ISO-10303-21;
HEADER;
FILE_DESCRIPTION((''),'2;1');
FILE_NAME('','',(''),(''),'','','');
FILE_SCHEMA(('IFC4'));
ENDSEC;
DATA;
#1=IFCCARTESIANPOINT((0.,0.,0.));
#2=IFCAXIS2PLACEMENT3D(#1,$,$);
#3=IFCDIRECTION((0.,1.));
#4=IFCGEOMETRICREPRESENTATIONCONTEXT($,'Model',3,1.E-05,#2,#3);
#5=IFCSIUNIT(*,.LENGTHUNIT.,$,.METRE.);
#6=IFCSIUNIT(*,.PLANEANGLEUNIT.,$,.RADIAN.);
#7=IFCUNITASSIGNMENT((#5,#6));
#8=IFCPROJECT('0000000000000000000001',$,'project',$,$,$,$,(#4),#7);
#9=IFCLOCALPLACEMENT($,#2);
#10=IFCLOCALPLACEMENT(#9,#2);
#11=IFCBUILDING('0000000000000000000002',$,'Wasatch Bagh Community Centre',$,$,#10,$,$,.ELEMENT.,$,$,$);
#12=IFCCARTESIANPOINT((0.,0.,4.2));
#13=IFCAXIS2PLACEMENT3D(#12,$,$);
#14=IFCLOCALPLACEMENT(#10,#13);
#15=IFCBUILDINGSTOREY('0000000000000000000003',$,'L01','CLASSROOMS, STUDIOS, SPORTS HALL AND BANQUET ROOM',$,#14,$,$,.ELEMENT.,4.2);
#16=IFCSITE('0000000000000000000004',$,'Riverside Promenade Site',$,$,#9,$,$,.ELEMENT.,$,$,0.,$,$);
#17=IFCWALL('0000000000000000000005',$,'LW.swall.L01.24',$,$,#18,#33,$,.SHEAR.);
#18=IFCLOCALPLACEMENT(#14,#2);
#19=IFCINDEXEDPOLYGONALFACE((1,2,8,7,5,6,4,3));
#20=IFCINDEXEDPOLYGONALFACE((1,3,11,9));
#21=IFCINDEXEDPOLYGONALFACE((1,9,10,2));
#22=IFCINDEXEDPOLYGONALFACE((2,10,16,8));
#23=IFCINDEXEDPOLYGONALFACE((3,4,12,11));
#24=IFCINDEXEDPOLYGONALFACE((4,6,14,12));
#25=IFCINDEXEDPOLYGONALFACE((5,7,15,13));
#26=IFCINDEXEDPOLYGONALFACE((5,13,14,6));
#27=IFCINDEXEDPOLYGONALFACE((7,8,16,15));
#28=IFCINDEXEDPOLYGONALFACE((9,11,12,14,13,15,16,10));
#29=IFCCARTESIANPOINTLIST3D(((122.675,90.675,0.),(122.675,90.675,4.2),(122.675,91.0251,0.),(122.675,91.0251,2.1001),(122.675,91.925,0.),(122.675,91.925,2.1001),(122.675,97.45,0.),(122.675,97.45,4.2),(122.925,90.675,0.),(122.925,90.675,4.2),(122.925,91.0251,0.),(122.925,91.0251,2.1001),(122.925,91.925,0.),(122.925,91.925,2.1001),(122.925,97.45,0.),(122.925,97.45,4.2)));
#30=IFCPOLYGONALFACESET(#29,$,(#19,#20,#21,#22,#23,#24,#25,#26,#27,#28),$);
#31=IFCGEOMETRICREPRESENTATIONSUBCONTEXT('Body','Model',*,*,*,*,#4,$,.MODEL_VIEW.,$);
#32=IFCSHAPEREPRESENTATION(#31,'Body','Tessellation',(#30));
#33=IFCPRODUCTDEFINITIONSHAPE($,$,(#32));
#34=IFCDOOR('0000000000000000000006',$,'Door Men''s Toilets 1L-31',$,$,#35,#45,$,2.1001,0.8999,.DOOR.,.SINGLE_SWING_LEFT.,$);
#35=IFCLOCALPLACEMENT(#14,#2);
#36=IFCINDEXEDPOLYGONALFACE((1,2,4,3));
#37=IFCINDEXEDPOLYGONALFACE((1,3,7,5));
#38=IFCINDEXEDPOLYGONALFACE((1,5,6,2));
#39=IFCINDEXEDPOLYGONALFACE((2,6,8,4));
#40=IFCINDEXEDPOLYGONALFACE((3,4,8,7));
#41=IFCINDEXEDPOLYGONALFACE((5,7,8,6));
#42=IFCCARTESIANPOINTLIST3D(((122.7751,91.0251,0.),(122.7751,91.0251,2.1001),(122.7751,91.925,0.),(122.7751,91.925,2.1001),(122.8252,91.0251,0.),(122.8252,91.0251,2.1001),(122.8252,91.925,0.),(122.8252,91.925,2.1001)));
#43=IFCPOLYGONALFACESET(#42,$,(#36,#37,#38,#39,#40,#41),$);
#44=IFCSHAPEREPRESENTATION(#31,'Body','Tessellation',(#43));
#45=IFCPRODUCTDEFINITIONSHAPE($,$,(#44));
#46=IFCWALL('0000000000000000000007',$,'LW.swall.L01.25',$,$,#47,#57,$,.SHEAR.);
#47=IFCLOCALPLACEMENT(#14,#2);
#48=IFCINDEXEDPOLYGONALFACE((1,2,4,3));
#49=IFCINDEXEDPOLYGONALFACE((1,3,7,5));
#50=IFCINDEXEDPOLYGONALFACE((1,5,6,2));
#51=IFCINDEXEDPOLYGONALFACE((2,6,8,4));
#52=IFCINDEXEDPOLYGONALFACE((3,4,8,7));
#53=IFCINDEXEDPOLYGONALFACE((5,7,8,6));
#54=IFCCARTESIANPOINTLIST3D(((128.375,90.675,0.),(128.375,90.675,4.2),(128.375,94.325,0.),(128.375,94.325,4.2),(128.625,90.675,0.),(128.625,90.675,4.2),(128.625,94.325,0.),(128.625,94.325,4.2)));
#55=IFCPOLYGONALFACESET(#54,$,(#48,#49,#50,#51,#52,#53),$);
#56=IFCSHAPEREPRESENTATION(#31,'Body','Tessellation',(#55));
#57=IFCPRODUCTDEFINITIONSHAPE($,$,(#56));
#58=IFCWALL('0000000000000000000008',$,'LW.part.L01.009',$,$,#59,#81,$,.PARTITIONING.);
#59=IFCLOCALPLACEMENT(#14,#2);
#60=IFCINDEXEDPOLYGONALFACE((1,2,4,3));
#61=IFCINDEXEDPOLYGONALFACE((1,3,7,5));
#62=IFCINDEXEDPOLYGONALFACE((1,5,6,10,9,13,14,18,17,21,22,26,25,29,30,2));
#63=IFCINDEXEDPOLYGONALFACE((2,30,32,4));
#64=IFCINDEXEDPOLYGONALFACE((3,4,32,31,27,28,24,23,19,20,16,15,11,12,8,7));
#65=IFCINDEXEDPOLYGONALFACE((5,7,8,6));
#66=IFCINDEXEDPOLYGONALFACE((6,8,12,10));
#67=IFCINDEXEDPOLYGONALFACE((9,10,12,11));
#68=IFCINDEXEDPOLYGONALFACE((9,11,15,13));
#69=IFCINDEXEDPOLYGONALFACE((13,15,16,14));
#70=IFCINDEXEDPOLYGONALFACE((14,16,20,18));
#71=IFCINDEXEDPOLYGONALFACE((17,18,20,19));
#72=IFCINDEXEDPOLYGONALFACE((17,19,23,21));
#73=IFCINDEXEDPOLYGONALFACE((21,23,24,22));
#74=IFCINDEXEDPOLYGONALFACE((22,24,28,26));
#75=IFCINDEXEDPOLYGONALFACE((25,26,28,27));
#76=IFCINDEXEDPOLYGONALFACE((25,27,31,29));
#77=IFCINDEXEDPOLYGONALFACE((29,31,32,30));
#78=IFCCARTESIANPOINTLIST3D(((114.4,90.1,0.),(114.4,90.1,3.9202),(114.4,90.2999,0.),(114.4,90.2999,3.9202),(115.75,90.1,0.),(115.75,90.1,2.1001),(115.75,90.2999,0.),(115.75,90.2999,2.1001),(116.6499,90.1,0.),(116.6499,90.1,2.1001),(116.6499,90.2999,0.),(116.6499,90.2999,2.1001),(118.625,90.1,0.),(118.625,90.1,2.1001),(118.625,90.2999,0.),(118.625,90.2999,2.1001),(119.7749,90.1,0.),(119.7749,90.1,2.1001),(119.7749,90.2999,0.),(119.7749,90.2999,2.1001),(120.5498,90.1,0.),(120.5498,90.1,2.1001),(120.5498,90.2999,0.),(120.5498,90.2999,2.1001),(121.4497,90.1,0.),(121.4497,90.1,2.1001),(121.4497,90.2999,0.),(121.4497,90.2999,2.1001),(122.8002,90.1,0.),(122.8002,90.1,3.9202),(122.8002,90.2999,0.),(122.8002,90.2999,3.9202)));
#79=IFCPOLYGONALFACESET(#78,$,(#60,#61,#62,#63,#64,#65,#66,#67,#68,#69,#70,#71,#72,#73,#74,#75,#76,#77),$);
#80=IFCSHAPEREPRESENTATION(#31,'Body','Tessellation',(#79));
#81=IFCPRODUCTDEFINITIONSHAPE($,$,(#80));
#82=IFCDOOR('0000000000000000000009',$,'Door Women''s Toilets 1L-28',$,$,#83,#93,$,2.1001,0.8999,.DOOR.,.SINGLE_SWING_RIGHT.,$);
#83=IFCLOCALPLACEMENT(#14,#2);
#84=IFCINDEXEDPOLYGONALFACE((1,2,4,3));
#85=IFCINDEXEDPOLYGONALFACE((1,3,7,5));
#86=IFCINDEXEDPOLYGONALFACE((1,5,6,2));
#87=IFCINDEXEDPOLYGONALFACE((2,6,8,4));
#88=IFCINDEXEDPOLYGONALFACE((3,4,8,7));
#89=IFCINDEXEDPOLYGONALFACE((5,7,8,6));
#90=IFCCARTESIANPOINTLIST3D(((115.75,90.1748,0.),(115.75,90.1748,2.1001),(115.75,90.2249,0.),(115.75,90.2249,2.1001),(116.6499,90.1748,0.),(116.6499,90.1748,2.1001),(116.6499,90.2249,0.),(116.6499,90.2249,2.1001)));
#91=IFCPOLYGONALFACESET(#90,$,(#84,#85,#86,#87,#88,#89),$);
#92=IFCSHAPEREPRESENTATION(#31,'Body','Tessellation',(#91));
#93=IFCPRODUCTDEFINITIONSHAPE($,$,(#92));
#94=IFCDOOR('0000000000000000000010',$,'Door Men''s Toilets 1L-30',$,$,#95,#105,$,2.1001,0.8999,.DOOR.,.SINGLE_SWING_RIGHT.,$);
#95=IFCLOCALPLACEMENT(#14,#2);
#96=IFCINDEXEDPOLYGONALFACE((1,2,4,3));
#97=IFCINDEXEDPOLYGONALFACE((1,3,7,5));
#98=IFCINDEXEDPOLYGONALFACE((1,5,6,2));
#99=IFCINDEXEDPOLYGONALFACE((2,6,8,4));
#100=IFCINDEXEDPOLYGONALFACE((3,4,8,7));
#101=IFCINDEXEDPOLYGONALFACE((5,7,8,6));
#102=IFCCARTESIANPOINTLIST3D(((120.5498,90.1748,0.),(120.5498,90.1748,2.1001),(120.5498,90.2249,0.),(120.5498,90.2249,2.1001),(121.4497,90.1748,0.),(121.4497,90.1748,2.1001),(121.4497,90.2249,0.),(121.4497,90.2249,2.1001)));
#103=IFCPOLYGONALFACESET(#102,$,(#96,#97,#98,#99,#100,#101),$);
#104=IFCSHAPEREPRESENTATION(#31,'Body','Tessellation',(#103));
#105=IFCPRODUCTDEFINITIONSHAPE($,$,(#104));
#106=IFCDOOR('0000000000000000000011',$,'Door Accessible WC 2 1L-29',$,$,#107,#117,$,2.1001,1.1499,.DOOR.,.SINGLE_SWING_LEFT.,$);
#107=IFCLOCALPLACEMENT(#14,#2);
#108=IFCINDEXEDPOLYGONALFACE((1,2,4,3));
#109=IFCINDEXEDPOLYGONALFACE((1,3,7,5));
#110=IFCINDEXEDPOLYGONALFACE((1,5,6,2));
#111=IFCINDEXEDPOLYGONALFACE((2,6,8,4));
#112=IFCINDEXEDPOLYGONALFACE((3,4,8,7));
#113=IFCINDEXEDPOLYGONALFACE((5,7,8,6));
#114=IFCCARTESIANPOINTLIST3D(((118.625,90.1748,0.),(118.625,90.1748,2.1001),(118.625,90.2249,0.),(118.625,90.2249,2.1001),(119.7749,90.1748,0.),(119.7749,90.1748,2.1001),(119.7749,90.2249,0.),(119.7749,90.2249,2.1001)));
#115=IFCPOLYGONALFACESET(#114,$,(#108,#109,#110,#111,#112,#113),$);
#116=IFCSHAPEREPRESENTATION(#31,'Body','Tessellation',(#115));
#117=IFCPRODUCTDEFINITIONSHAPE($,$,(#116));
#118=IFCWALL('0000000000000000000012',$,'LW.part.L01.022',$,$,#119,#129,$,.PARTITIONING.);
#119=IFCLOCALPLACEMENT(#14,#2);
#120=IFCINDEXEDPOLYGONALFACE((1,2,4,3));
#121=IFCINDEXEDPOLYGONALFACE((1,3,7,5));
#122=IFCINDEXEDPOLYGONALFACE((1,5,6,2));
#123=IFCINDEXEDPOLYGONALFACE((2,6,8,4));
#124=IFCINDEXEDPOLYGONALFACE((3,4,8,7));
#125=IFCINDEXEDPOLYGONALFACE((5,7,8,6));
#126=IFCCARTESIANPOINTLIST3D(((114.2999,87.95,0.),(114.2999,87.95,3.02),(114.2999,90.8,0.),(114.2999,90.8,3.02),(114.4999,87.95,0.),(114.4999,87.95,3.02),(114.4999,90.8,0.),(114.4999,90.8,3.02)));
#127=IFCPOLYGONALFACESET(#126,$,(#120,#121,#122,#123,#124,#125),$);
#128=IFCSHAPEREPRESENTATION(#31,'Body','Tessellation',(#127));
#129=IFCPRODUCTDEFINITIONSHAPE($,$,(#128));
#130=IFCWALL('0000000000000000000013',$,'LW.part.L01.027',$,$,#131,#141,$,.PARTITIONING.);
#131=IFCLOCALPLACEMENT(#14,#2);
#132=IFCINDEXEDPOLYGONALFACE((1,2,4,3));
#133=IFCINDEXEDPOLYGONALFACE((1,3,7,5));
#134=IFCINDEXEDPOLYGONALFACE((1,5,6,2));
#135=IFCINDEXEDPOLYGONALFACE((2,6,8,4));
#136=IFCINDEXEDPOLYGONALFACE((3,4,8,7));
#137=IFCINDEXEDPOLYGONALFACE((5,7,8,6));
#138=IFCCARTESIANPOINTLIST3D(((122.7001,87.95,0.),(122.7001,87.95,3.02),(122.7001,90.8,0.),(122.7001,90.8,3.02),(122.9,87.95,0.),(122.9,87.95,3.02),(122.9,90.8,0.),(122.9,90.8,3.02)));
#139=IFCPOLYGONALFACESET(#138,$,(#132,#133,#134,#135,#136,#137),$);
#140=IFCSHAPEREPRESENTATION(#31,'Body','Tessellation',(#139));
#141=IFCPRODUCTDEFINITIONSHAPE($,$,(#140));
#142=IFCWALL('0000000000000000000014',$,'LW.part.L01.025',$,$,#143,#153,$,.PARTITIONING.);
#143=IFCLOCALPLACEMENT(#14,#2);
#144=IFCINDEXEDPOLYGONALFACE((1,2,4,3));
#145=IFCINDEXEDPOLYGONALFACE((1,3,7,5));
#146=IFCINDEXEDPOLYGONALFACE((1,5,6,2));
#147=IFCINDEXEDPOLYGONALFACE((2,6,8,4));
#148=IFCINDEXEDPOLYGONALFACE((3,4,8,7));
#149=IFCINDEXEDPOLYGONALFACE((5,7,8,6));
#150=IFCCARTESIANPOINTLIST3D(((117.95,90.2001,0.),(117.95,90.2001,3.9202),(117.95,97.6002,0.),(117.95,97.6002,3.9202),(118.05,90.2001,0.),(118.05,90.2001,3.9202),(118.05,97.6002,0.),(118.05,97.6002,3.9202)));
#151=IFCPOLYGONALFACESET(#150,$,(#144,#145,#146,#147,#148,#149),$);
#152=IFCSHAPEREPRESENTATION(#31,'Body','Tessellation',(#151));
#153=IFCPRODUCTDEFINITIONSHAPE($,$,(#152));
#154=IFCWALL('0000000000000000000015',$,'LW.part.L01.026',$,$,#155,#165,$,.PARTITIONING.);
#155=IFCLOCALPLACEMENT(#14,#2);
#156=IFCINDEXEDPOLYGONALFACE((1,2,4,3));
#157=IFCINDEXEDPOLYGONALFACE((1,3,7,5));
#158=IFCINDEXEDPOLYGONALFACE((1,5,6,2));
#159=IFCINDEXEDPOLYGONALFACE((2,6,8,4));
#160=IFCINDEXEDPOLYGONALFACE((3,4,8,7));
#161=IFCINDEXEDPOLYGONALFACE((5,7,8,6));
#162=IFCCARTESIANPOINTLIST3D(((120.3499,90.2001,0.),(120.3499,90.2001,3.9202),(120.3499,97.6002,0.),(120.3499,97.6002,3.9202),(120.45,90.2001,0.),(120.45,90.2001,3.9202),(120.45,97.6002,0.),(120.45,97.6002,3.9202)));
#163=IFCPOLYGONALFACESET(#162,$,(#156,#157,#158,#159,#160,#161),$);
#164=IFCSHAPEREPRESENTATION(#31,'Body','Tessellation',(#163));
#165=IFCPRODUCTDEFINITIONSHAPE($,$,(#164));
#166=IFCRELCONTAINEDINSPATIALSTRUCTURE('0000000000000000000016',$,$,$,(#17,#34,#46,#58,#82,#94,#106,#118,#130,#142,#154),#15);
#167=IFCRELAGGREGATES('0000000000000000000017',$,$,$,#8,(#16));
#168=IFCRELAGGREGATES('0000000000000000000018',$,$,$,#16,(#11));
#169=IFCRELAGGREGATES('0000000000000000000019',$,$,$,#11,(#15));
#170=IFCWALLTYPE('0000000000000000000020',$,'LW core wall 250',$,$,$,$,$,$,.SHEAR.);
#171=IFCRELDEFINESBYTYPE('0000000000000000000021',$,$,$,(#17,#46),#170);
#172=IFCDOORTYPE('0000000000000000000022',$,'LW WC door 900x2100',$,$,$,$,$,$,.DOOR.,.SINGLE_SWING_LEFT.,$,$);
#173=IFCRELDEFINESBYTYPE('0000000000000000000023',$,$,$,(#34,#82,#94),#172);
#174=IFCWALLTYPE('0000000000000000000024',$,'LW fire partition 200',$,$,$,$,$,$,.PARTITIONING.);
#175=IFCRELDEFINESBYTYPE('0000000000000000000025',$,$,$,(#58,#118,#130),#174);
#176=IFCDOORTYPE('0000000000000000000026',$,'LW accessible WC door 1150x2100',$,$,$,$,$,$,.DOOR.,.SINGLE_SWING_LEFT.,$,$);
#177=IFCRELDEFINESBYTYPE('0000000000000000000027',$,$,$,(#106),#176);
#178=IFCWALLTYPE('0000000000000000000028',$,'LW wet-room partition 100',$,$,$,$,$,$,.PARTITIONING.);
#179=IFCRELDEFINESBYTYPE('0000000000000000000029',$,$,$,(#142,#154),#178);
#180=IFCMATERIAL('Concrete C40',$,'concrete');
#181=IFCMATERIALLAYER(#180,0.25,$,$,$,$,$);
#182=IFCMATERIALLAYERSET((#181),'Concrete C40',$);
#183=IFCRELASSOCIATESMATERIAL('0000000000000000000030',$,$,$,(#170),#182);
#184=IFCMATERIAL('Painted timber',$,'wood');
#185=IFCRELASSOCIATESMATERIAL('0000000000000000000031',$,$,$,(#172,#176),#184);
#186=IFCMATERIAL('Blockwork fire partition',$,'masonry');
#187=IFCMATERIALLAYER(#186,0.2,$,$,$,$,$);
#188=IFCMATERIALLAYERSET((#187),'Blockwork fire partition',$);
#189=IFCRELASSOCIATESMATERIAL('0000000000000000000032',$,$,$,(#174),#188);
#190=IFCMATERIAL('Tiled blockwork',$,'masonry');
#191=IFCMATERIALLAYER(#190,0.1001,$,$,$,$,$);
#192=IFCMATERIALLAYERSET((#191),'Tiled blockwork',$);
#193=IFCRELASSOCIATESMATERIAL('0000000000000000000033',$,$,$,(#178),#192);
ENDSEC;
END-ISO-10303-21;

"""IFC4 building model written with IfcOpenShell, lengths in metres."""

from ifc_helpers import new_model, si_unit, direction, frame, frame_2d, origin, place, context, subcontext, project, spatial, rectangle, extrude, material, layer, layer_set, type_object, element, fill, save


model = new_model("IFC4")

# Units and contexts
model_context = context("Model", 3, precision=1e-05, world=origin(), true_north=direction((0.0, 1.0)))
body_context = subcontext(model_context, "Body", "Model", "MODEL_VIEW")
ifc_project = project(units=[si_unit("LENGTHUNIT", "METRE"), si_unit("PLANEANGLEUNIT", "RADIAN")], contexts=[model_context])

# Site, building, storey
site_placement = place(None, origin())
site = spatial("IfcSite", under=ifc_project, at=site_placement, Name="Riverside Promenade Site", CompositionType="ELEMENT", RefElevation=0.0)
building_placement = place(site_placement, origin())
building = spatial("IfcBuilding", under=site, at=building_placement, Name="Wasatch Bagh Community Centre", CompositionType="ELEMENT")
storey_placement = place(building_placement, frame((0.0, 0.0, 4.2)))
storey = spatial("IfcBuildingStorey", under=building, at=storey_placement, Name="L01", Description="CLASSROOMS, STUDIOS, SPORTS HALL AND BANQUET ROOM", CompositionType="ELEMENT", Elevation=4.2)

# Shared definitions
ifc_material_1 = material(Name="Concrete C40", Category="concrete")

# Wall, opening, door
ifc_layer_1 = layer(ifc_material_1, 0.25)
ifc_layer_set_1 = layer_set([ifc_layer_1], Name="Concrete C40")
wall_type_1 = type_object("IfcWallType", Name="LW core wall 250", PredefinedType="SHEAR", material=ifc_layer_set_1)
ifc_material_2 = material(Name="Painted timber", Category="wood")
door_type_1 = type_object("IfcDoorType", Name="LW WC door 900x2100", OperationType="SINGLE_SWING_LEFT", PredefinedType="DOOR", material=ifc_material_2)
wall_1_placement = place(storey_placement, frame((122.8, 90.675, 0.0), z_axis=(0.0, 0.0, 1.0), x_axis=(0.0, 1.0, 0.0)))
wall_1 = element("IfcWall", 1, at=wall_1_placement, inside=storey, type_object=wall_type_1, Name="LW.swall.L01.24", PredefinedType="SHEAR", context=body_context, shape_type="SweptSolid", body=[
    extrude(rectangle(XDim=6.7749, YDim=0.25, at=frame_2d((3.3875, 0.0))), origin(), (0.0, 0.0, 1.0), 4.2),
])
opening_1_placement = place(wall_1_placement, frame((0.3501, 0.0, 0.0)))
opening_1 = element("IfcOpeningElement", 2, at=opening_1_placement, cuts=wall_1, PredefinedType="OPENING", context=body_context, shape_type="SweptSolid", body=[
    extrude(rectangle(XDim=0.8999, YDim=2.1001, at=frame_2d((0.45, 1.05))), frame((0.0, 0.135, 0.0), z_axis=(0.0, -1.0, 0.0), x_axis=(1.0, 0.0, 0.0)), (0.0, 0.0, 1.0), 0.27),
])
door_1_placement = place(opening_1_placement, origin())
door_1 = element("IfcDoor", 3, at=door_1_placement, inside=storey, type_object=door_type_1, Name="Door Men's Toilets 1L-31", OperationType="SINGLE_SWING_LEFT", OverallHeight=2.1001, OverallWidth=0.8999, PredefinedType="DOOR", context=body_context, shape_type="SweptSolid", body=[
    extrude(rectangle(XDim=0.8999, YDim=2.1001, at=frame_2d((0.45, 1.05))), frame((0.0, 0.0249, 0.0), z_axis=(0.0, -1.0, 0.0), x_axis=(1.0, 0.0, 0.0)), (0.0, 0.0, 1.0), 0.05),
])
fill(opening_1, door_1)

# Wall
wall_2_placement = place(storey_placement, frame((128.5, 90.675, 0.0), z_axis=(0.0, 0.0, 1.0), x_axis=(0.0, 1.0, 0.0)))
element("IfcWall", 4, at=wall_2_placement, inside=storey, type_object=wall_type_1, Name="LW.swall.L01.25", PredefinedType="SHEAR", context=body_context, shape_type="SweptSolid", body=[
    extrude(rectangle(XDim=3.6499, YDim=0.25, at=frame_2d((1.825, 0.0))), origin(), (0.0, 0.0, 1.0), 4.2),
])

# Wall, openings, doors
ifc_material_3 = material(Name="Blockwork fire partition", Category="masonry")
ifc_layer_2 = layer(ifc_material_3, 0.2)
ifc_layer_set_2 = layer_set([ifc_layer_2], Name="Blockwork fire partition")
wall_type_2 = type_object("IfcWallType", Name="LW fire partition 200", PredefinedType="PARTITIONING", material=ifc_layer_set_2)
wall_3_placement = place(storey_placement, frame((114.3999, 90.2, 0.0), z_axis=(0.0, 0.0, 1.0), x_axis=(1.0, 0.0, 0.0)))
wall_3 = element("IfcWall", 5, at=wall_3_placement, inside=storey, type_object=wall_type_2, Name="LW.part.L01.009", PredefinedType="PARTITIONING", context=body_context, shape_type="SweptSolid", body=[
    extrude(rectangle(XDim=8.4001, YDim=0.2, at=frame_2d((4.2002, 0.0))), origin(), (0.0, 0.0, 1.0), 3.9202),
])
opening_2_placement = place(wall_3_placement, frame((1.3501, 0.0, 0.0)))
opening_2 = element("IfcOpeningElement", 6, at=opening_2_placement, cuts=wall_3, PredefinedType="OPENING", context=body_context, shape_type="SweptSolid", body=[
    extrude(rectangle(XDim=0.8999, YDim=2.1001, at=frame_2d((0.45, 1.05))), frame((0.0, 0.1099, 0.0), z_axis=(0.0, -1.0, 0.0), x_axis=(1.0, 0.0, 0.0)), (0.0, 0.0, 1.0), 0.22),
])
opening_3_placement = place(wall_3_placement, frame((4.2251, 0.0, 0.0)))
opening_3 = element("IfcOpeningElement", 7, at=opening_3_placement, cuts=wall_3, PredefinedType="OPENING", context=body_context, shape_type="SweptSolid", body=[
    extrude(rectangle(XDim=1.1499, YDim=2.1001, at=frame_2d((0.575, 1.05))), frame((0.0, 0.1099, 0.0), z_axis=(0.0, -1.0, 0.0), x_axis=(1.0, 0.0, 0.0)), (0.0, 0.0, 1.0), 0.22),
])
opening_4_placement = place(wall_3_placement, frame((6.1499, 0.0, 0.0)))
opening_4 = element("IfcOpeningElement", 8, at=opening_4_placement, cuts=wall_3, PredefinedType="OPENING", context=body_context, shape_type="SweptSolid", body=[
    extrude(rectangle(XDim=0.8999, YDim=2.1001, at=frame_2d((0.45, 1.05))), frame((0.0, 0.1099, 0.0), z_axis=(0.0, -1.0, 0.0), x_axis=(1.0, 0.0, 0.0)), (0.0, 0.0, 1.0), 0.22),
])
door_2_placement = place(opening_2_placement, origin())
door_2 = element("IfcDoor", 9, at=door_2_placement, inside=storey, type_object=door_type_1, Name="Door Women's Toilets 1L-28", OperationType="SINGLE_SWING_RIGHT", OverallHeight=2.1001, OverallWidth=0.8999, PredefinedType="DOOR", context=body_context, shape_type="SweptSolid", body=[
    extrude(rectangle(XDim=0.8999, YDim=2.1001, at=frame_2d((0.45, 1.05))), frame((0.0, 0.0249, 0.0), z_axis=(0.0, -1.0, 0.0), x_axis=(1.0, 0.0, 0.0)), (0.0, 0.0, 1.0), 0.05),
])
fill(opening_2, door_2)
door_3_placement = place(opening_4_placement, origin())
door_3 = element("IfcDoor", 10, at=door_3_placement, inside=storey, type_object=door_type_1, Name="Door Men's Toilets 1L-30", OperationType="SINGLE_SWING_RIGHT", OverallHeight=2.1001, OverallWidth=0.8999, PredefinedType="DOOR", context=body_context, shape_type="SweptSolid", body=[
    extrude(rectangle(XDim=0.8999, YDim=2.1001, at=frame_2d((0.45, 1.05))), frame((0.0, 0.0249, 0.0), z_axis=(0.0, -1.0, 0.0), x_axis=(1.0, 0.0, 0.0)), (0.0, 0.0, 1.0), 0.05),
])
fill(opening_4, door_3)
door_type_2 = type_object("IfcDoorType", Name="LW accessible WC door 1150x2100", OperationType="SINGLE_SWING_LEFT", PredefinedType="DOOR", material=ifc_material_2)
door_4_placement = place(opening_3_placement, origin())
door_4 = element("IfcDoor", 11, at=door_4_placement, inside=storey, type_object=door_type_2, Name="Door Accessible WC 2 1L-29", OperationType="SINGLE_SWING_LEFT", OverallHeight=2.1001, OverallWidth=1.1499, PredefinedType="DOOR", context=body_context, shape_type="SweptSolid", body=[
    extrude(rectangle(XDim=1.1499, YDim=2.1001, at=frame_2d((0.575, 1.05))), frame((0.0, 0.0249, 0.0), z_axis=(0.0, -1.0, 0.0), x_axis=(1.0, 0.0, 0.0)), (0.0, 0.0, 1.0), 0.05),
])
fill(opening_3, door_4)

# Walls
for number, where, z_axis, x_axis, name in (
    (12, (114.3999, 87.95, 0.0), (0.0, 0.0, 1.0), (0.0, 1.0, 0.0), "LW.part.L01.022"),
    (13, (122.8, 87.95, 0.0), (0.0, 0.0, 1.0), (0.0, 1.0, 0.0), "LW.part.L01.027"),
):
    element("IfcWall", number, at=place(storey_placement, frame(where, z_axis=z_axis, x_axis=x_axis)), inside=storey, type_object=wall_type_2, Name=name, PredefinedType="PARTITIONING", context=body_context, shape_type="SweptSolid", body=[
        extrude(rectangle(XDim=2.8501, YDim=0.2, at=frame_2d((1.425, 0.0))), origin(), (0.0, 0.0, 1.0), 3.02),
    ])
ifc_material_4 = material(Name="Tiled blockwork", Category="masonry")
ifc_layer_3 = layer(ifc_material_4, 0.1001)
ifc_layer_set_3 = layer_set([ifc_layer_3], Name="Tiled blockwork")
wall_type_3 = type_object("IfcWallType", Name="LW wet-room partition 100", PredefinedType="PARTITIONING", material=ifc_layer_set_3)
for number, where, z_axis, x_axis, name in (
    (14, (118.0, 90.2, 0.0), (0.0, 0.0, 1.0), (0.0, 1.0, 0.0), "LW.part.L01.025"),
    (15, (120.3999, 90.2, 0.0), (0.0, 0.0, 1.0), (0.0, 1.0, 0.0), "LW.part.L01.026"),
):
    element("IfcWall", number, at=place(storey_placement, frame(where, z_axis=z_axis, x_axis=x_axis)), inside=storey, type_object=wall_type_3, Name=name, PredefinedType="PARTITIONING", context=body_context, shape_type="SweptSolid", body=[
        extrude(rectangle(XDim=7.4001, YDim=0.1001, at=frame_2d((3.7002, 0.0))), origin(), (0.0, 0.0, 1.0), 3.9202),
    ])

save(model, "model.ifc")
